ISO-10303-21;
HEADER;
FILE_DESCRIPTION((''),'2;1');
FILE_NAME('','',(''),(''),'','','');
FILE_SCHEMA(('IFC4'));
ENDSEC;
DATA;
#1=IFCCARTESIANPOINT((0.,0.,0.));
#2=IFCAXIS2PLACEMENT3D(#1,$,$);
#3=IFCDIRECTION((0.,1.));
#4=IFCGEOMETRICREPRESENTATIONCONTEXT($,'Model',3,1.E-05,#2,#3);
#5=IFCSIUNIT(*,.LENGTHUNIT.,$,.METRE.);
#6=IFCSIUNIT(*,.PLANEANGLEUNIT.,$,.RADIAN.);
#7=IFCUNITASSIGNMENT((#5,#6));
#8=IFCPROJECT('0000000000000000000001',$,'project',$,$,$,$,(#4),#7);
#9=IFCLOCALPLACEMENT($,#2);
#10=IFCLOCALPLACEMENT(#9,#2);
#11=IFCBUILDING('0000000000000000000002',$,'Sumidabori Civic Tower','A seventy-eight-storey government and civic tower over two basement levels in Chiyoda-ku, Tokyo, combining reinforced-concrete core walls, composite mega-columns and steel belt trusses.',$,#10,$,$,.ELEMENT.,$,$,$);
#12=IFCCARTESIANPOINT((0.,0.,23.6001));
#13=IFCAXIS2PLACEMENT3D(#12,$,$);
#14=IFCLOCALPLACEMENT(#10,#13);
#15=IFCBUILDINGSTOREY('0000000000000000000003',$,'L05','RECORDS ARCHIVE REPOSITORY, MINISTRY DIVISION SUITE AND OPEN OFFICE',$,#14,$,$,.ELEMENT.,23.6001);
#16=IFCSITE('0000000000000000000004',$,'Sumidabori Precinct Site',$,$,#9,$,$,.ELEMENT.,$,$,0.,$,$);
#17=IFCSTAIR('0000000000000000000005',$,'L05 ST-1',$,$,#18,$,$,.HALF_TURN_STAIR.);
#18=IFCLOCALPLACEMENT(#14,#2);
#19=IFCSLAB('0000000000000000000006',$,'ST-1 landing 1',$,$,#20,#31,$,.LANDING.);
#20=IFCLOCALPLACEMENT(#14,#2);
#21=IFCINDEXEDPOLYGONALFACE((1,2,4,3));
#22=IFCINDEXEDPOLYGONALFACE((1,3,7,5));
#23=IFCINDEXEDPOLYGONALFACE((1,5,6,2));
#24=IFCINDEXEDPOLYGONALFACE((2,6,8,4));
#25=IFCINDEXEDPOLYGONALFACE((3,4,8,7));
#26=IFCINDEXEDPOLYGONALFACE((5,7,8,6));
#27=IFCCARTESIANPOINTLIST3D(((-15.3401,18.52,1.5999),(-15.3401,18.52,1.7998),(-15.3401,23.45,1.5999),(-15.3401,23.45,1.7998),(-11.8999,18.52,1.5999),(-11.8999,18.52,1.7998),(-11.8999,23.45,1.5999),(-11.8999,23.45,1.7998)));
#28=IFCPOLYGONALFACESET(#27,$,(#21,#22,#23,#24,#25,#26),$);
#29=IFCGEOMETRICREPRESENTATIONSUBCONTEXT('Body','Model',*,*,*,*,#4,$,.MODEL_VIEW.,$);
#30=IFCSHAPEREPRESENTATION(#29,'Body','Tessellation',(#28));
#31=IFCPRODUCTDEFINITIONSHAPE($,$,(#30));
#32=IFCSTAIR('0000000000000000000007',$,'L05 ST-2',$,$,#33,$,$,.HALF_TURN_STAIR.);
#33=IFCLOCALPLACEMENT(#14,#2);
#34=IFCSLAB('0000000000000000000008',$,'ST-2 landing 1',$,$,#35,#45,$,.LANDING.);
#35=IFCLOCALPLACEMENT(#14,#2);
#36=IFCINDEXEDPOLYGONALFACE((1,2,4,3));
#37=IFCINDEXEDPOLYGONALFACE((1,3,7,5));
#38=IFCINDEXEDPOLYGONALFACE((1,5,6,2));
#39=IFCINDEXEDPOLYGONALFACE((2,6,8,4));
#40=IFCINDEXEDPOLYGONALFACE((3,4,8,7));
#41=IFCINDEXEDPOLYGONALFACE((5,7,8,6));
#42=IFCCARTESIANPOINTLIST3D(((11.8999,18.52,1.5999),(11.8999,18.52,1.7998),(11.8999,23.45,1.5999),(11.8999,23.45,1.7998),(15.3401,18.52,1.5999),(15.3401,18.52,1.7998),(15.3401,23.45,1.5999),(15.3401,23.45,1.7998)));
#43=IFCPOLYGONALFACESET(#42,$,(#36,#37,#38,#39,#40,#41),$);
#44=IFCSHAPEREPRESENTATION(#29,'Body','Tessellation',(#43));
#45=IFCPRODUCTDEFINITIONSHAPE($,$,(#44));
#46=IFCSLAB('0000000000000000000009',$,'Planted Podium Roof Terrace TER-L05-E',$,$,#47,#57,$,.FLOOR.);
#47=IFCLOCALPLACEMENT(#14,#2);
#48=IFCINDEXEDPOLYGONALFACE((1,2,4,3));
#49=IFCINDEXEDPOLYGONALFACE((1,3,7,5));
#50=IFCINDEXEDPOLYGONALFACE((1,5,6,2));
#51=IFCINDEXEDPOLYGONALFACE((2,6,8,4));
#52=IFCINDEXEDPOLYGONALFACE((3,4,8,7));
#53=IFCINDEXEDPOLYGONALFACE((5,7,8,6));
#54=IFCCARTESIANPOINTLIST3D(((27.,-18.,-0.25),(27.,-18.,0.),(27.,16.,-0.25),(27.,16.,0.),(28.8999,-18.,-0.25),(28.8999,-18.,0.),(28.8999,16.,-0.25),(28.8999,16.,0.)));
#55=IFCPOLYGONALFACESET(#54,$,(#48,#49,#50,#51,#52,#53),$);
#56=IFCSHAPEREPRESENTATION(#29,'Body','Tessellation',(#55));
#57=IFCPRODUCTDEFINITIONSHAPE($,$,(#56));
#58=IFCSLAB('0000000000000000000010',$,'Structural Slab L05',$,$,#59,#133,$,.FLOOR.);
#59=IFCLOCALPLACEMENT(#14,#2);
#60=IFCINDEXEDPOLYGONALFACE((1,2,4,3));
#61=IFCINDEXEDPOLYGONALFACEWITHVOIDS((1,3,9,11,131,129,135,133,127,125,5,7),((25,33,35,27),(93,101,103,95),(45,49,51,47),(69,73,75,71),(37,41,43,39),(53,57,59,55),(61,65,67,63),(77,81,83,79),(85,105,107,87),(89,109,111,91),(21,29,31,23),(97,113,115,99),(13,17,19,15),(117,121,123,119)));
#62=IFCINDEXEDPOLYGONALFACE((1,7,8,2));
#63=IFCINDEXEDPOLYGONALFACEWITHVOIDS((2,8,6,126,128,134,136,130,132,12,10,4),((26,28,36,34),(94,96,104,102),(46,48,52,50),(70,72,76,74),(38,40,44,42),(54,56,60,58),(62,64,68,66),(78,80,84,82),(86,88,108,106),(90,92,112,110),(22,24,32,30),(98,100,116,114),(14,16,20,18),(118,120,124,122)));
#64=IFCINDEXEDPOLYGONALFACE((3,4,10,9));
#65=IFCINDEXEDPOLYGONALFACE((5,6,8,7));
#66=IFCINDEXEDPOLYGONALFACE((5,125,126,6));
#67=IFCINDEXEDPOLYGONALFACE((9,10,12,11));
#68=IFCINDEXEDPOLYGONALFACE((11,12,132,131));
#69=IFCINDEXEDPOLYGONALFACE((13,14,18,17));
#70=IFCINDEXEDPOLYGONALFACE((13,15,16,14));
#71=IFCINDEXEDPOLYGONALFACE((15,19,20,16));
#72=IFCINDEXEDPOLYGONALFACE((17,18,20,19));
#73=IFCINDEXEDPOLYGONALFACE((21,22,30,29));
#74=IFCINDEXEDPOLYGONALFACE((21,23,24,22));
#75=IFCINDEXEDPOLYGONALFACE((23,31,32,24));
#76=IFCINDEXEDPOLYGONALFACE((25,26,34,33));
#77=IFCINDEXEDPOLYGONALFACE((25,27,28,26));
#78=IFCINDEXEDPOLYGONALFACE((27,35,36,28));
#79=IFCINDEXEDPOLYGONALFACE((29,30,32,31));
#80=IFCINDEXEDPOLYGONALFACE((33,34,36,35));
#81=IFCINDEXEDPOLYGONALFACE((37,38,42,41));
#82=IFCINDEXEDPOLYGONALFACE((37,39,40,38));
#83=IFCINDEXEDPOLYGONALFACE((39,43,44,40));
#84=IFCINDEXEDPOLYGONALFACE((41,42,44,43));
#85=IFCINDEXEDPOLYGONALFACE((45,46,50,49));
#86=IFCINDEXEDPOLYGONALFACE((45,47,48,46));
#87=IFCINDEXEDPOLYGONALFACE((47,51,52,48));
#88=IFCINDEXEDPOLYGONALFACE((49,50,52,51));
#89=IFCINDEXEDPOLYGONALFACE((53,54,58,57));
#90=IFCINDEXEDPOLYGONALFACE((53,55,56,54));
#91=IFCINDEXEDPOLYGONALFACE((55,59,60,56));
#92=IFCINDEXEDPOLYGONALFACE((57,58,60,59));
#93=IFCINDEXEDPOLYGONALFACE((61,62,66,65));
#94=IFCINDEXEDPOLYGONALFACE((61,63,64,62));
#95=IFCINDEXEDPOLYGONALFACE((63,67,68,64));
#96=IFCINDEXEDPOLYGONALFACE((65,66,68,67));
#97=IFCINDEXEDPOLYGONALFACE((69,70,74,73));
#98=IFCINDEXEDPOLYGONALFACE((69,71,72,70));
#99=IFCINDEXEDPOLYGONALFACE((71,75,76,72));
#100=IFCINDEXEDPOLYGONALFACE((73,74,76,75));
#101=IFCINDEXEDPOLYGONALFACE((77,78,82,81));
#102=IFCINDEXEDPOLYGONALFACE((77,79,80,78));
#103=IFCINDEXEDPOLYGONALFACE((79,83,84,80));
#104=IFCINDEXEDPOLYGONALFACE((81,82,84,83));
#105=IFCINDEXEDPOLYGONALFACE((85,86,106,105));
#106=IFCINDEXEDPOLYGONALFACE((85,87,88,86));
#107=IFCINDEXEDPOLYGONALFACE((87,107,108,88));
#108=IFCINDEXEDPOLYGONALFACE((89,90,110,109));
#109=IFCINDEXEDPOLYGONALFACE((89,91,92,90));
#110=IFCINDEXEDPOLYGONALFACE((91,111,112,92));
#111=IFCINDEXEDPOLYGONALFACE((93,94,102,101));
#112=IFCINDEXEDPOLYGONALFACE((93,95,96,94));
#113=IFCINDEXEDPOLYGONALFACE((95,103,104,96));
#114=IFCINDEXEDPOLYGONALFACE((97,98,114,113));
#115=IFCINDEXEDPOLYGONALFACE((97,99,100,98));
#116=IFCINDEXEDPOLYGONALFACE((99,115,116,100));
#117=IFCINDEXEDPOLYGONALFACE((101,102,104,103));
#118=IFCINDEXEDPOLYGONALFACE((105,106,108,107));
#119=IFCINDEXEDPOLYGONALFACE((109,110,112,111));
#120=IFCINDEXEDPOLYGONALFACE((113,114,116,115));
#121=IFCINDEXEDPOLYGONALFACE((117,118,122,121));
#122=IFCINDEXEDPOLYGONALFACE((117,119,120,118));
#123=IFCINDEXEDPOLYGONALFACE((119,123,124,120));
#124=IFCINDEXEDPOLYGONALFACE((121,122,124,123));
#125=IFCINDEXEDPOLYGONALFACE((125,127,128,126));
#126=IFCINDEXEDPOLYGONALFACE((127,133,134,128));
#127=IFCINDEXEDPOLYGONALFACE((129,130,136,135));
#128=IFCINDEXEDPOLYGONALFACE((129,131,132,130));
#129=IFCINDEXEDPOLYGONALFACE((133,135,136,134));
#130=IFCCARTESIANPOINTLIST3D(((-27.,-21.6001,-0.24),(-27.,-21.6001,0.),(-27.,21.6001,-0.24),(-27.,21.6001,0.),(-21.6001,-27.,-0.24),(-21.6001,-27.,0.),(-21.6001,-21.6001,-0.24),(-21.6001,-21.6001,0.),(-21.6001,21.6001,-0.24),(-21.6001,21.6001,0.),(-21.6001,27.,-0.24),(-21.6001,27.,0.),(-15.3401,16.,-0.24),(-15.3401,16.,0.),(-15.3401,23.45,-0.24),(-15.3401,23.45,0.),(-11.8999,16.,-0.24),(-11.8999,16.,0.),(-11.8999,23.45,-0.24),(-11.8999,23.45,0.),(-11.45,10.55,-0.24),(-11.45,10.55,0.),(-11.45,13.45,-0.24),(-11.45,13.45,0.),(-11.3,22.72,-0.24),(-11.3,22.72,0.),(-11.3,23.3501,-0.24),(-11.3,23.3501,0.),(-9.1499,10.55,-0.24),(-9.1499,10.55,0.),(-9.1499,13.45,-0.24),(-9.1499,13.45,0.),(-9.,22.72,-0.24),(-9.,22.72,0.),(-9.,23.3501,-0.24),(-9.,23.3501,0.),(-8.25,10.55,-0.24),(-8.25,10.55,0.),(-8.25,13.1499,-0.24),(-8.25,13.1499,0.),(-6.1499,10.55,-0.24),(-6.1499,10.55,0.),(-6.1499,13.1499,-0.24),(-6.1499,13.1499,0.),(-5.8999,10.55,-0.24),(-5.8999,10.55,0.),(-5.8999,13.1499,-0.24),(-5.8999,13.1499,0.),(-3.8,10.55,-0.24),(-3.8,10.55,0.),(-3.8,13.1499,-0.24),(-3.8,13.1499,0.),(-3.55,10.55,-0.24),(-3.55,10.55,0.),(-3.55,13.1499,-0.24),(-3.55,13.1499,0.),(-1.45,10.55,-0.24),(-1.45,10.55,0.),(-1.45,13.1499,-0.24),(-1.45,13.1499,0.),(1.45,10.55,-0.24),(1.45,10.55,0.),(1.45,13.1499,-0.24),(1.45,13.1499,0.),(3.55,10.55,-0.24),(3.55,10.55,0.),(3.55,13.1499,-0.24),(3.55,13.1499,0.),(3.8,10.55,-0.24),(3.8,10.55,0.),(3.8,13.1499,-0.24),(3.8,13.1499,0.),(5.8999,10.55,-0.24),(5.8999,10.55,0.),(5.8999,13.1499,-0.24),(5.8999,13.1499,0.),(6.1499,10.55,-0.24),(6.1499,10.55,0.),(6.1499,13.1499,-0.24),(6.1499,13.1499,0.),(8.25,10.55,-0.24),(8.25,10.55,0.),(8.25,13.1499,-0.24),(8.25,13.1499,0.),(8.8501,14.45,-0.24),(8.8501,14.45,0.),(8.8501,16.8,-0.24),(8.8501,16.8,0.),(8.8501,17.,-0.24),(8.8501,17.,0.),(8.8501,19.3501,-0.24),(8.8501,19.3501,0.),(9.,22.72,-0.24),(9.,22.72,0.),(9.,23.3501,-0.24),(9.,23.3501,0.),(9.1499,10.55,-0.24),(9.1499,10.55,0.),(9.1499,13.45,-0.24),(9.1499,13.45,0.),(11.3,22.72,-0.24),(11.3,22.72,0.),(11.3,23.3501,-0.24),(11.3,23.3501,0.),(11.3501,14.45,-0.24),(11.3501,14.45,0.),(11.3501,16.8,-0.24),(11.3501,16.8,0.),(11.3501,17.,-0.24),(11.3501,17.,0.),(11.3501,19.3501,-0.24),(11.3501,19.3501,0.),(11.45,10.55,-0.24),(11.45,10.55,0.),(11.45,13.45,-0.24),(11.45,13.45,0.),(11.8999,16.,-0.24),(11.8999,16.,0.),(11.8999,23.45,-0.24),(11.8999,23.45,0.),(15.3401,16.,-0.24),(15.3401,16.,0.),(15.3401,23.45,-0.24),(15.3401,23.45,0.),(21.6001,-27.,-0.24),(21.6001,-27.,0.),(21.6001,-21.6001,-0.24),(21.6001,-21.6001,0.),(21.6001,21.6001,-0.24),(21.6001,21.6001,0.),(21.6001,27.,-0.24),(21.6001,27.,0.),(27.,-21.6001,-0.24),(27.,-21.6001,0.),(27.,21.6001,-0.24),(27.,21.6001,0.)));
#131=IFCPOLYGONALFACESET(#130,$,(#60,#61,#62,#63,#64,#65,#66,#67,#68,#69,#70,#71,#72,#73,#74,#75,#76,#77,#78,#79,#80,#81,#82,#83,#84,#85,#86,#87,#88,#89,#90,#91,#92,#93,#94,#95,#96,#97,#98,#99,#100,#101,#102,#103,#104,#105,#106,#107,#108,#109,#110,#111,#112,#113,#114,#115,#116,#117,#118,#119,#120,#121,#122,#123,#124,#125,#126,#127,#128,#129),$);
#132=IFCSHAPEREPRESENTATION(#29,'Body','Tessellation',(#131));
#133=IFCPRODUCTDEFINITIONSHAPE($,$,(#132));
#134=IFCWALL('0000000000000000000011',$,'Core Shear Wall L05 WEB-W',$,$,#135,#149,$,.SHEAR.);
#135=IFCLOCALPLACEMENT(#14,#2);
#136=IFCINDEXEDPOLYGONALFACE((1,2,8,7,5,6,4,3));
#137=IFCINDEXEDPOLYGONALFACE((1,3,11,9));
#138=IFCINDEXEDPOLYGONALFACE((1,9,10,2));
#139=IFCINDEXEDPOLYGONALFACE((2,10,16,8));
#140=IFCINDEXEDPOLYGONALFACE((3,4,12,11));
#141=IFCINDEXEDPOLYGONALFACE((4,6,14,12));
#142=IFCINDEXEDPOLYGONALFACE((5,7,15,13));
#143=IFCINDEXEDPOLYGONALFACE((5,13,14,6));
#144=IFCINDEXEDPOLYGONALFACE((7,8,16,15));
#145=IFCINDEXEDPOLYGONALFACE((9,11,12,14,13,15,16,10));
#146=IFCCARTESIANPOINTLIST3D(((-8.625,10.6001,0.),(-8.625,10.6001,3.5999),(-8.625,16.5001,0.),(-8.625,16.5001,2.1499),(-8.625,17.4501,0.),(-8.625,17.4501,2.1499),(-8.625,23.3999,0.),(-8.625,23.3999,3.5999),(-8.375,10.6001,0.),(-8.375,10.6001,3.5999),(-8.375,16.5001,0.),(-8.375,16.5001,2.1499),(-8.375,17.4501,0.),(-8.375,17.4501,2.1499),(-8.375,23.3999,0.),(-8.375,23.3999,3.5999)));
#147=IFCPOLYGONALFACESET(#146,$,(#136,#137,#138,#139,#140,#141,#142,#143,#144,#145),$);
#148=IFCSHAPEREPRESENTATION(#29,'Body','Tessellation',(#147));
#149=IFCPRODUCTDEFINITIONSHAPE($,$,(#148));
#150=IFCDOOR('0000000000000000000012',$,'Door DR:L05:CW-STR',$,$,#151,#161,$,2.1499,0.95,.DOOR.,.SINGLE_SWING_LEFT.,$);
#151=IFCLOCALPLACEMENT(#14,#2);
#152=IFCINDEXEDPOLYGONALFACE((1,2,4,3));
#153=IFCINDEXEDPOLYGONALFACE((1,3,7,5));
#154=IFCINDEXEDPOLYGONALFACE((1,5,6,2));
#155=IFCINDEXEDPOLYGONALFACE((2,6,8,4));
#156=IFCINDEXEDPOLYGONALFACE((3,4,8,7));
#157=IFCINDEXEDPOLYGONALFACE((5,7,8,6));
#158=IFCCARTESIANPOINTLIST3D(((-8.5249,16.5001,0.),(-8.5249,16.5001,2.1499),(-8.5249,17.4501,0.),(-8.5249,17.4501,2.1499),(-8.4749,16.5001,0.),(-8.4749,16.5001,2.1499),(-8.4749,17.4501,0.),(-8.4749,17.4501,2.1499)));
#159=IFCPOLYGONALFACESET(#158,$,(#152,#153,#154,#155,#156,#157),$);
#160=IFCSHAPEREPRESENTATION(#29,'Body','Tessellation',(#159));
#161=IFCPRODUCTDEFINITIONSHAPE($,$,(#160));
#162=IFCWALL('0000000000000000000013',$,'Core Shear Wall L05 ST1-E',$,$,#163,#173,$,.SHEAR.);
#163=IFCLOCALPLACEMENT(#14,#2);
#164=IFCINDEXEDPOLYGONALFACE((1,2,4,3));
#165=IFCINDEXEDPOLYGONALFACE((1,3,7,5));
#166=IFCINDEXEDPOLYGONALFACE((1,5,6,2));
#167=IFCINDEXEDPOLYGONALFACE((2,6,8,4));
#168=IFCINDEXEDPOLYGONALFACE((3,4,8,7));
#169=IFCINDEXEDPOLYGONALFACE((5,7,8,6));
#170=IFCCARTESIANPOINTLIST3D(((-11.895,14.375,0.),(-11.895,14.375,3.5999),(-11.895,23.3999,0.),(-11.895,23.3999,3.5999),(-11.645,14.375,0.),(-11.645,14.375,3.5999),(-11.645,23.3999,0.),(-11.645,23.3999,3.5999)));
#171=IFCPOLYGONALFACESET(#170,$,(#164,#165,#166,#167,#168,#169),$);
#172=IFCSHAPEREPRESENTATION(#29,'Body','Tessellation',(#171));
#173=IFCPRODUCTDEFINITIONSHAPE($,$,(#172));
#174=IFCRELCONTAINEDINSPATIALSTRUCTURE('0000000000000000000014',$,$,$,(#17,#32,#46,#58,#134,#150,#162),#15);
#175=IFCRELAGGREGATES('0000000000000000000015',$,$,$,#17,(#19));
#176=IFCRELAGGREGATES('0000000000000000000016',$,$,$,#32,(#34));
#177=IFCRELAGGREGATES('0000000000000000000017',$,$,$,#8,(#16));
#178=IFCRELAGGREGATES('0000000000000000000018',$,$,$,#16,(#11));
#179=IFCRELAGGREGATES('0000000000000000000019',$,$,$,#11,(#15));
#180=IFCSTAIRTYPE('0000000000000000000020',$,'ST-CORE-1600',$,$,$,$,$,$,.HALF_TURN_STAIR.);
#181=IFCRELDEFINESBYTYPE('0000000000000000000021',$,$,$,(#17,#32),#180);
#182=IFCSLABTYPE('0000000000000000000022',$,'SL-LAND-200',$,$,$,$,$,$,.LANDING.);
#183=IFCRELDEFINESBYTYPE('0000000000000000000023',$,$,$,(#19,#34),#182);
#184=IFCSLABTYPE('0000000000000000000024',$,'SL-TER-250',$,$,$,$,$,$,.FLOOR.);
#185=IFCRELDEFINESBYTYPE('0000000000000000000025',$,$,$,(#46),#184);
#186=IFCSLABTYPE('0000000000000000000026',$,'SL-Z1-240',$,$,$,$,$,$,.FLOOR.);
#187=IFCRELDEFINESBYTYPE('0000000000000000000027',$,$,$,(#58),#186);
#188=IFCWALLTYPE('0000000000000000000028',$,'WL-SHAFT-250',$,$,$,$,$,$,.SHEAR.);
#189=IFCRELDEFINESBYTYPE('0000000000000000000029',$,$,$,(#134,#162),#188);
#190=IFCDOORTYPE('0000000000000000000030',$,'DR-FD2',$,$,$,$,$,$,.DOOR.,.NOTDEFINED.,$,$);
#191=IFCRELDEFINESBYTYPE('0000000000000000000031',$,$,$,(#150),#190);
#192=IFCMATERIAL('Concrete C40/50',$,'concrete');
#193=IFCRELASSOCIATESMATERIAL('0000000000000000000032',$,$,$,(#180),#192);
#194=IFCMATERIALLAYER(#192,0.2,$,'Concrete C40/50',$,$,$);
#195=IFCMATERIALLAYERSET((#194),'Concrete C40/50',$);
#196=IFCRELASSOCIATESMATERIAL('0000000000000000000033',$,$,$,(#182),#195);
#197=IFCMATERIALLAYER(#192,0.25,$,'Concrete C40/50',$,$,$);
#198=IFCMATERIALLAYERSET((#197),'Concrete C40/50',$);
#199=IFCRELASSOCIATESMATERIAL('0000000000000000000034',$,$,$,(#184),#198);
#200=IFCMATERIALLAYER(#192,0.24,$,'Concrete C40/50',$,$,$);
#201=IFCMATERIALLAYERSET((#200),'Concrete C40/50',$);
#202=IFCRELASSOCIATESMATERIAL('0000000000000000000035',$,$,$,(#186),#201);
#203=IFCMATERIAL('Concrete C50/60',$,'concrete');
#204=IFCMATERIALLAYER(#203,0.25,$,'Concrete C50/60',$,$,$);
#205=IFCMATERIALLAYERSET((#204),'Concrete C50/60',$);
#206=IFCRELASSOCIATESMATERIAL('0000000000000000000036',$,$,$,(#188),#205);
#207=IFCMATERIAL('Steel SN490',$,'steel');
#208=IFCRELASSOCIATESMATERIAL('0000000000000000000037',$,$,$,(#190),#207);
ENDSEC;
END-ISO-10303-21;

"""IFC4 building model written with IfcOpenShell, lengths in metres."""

from ifc_helpers import new_model, si_unit, direction, frame, frame_2d, origin, place, context, subcontext, project, spatial, polyline, rectangle, outline, extrude, source, transform, mapped, material, layer, layer_set, type_object, element, fill, aggregate, save


model = new_model("IFC4")

# Units and contexts
model_context = context("Model", 3, precision=1e-05, world=origin(), true_north=direction((0.0, 1.0)))
body_context = subcontext(model_context, "Body", "Model", "MODEL_VIEW")
ifc_project = project(units=[si_unit("LENGTHUNIT", "METRE"), si_unit("PLANEANGLEUNIT", "RADIAN")], contexts=[model_context])

# Site, building, storey
site_placement = place(None, origin())
site = spatial("IfcSite", under=ifc_project, at=site_placement, Name="Sumidabori Precinct Site", CompositionType="ELEMENT", RefElevation=0.0)
building_placement = place(site_placement, origin())
building = spatial("IfcBuilding", under=site, at=building_placement, Name="Sumidabori Civic Tower", Description="A seventy-eight-storey government and civic tower over two basement levels in Chiyoda-ku, Tokyo, combining reinforced-concrete core walls, composite mega-columns and steel belt trusses.", CompositionType="ELEMENT")
storey_placement = place(building_placement, frame((0.0, 0.0, 23.6001)))
storey = spatial("IfcBuildingStorey", under=building, at=storey_placement, Name="L05", Description="RECORDS ARCHIVE REPOSITORY, MINISTRY DIVISION SUITE AND OPEN OFFICE", CompositionType="ELEMENT", Elevation=23.6001)

# Stairs, slabs
ifc_material_1 = material(Name="Concrete C40/50", Category="concrete")
stair_type = type_object("IfcStairType", Name="ST-CORE-1600", PredefinedType="HALF_TURN_STAIR", material=ifc_material_1)
stair_1_placement = place(storey_placement, origin())
stair_1 = element("IfcStair", 1, at=stair_1_placement, inside=storey, type_object=stair_type, Name="L05 ST-1", PredefinedType="HALF_TURN_STAIR")
ifc_layer_1 = layer(ifc_material_1, 0.2, Name="Concrete C40/50")
ifc_layer_set_1 = layer_set([ifc_layer_1], Name="Concrete C40/50")
slab_type_1 = type_object("IfcSlabType", Name="SL-LAND-200", PredefinedType="LANDING", material=ifc_layer_set_1)
slab_1_placement = place(storey_placement, frame((0.0, 0.0, 1.5999)))
slab_1 = element("IfcSlab", 2, at=slab_1_placement, type_object=slab_type_1, Name="ST-1 landing 1", PredefinedType="LANDING", context=body_context, shape_type="SweptSolid", body=[
    extrude(outline(polyline([(-11.8999, 18.52), (-11.8999, 23.45), (-15.3401, 23.45), (-15.3401, 18.52), (-11.8999, 18.52)])), origin(), (0.0, 0.0, 1.0), 0.2),
])
aggregate(stair_1, [slab_1])
stair_2_placement = place(storey_placement, origin())
stair_2 = element("IfcStair", 3, at=stair_2_placement, inside=storey, type_object=stair_type, Name="L05 ST-2", PredefinedType="HALF_TURN_STAIR")
slab_2_placement = place(storey_placement, frame((0.0, 0.0, 1.5999)))
slab_2 = element("IfcSlab", 4, at=slab_2_placement, type_object=slab_type_1, Name="ST-2 landing 1", PredefinedType="LANDING", context=body_context, shape_type="SweptSolid", body=[
    extrude(outline(polyline([(15.3401, 18.52), (15.3401, 23.45), (11.8999, 23.45), (11.8999, 18.52), (15.3401, 18.52)])), origin(), (0.0, 0.0, 1.0), 0.2),
])
aggregate(stair_2, [slab_2])

# Slabs
ifc_layer_2 = layer(ifc_material_1, 0.25, Name="Concrete C40/50")
ifc_layer_set_2 = layer_set([ifc_layer_2], Name="Concrete C40/50")
slab_type_2 = type_object("IfcSlabType", Name="SL-TER-250", PredefinedType="FLOOR", material=ifc_layer_set_2)
slab_3_placement = place(storey_placement, frame((0.0, 0.0, -0.25)))
element("IfcSlab", 5, at=slab_3_placement, inside=storey, type_object=slab_type_2, Name="Planted Podium Roof Terrace TER-L05-E", PredefinedType="FLOOR", context=body_context, shape_type="SweptSolid", body=[
    extrude(outline(polyline([(27.0, -18.0), (28.8999, -18.0), (28.8999, 16.0), (27.0, 16.0), (27.0, -18.0)])), origin(), (0.0, 0.0, 1.0), 0.25),
])
ifc_layer_3 = layer(ifc_material_1, 0.24, Name="Concrete C40/50")
ifc_layer_set_3 = layer_set([ifc_layer_3], Name="Concrete C40/50")
slab_type_3 = type_object("IfcSlabType", Name="SL-Z1-240", PredefinedType="FLOOR", material=ifc_layer_set_3)
slab_4_placement = place(storey_placement, frame((0.0, 0.0, -0.24)))
element("IfcSlab", 6, at=slab_4_placement, inside=storey, type_object=slab_type_3, Name="Structural Slab L05", PredefinedType="FLOOR", context=body_context, shape_type="SweptSolid", body=[
    extrude(outline(polyline([(-21.6001, -27.0), (21.6001, -27.0), (21.6001, -21.6001), (27.0, -21.6001), (27.0, 21.6001), (21.6001, 21.6001), (21.6001, 27.0), (-21.6001, 27.0), (-21.6001, 21.6001), (-27.0, 21.6001), (-27.0, -21.6001), (-21.6001, -21.6001), (-21.6001, -27.0)]), holes=[polyline([(-11.8999, 16.0), (-11.8999, 23.45), (-15.3401, 23.45), (-15.3401, 16.0), (-11.8999, 16.0)]), polyline([(15.3401, 16.0), (15.3401, 23.45), (11.8999, 23.45), (11.8999, 16.0), (15.3401, 16.0)]), polyline([(-11.45, 10.55), (-9.1499, 10.55), (-9.1499, 13.45), (-11.45, 13.45), (-11.45, 10.55)]), polyline([(9.1499, 10.55), (11.45, 10.55), (11.45, 13.45), (9.1499, 13.45), (9.1499, 10.55)]), polyline([(-8.25, 10.55), (-6.1499, 10.55), (-6.1499, 13.1499), (-8.25, 13.1499), (-8.25, 10.55)]), polyline([(-5.8999, 10.55), (-3.8, 10.55), (-3.8, 13.1499), (-5.8999, 13.1499), (-5.8999, 10.55)]), polyline([(-3.55, 10.55), (-1.45, 10.55), (-1.45, 13.1499), (-3.55, 13.1499), (-3.55, 10.55)]), polyline([(1.45, 10.55), (3.55, 10.55), (3.55, 13.1499), (1.45, 13.1499), (1.45, 10.55)]), polyline([(3.8, 10.55), (5.8999, 10.55), (5.8999, 13.1499), (3.8, 13.1499), (3.8, 10.55)]), polyline([(6.1499, 10.55), (8.25, 10.55), (8.25, 13.1499), (6.1499, 13.1499), (6.1499, 10.55)]), polyline([(8.8501, 14.45), (11.3501, 14.45), (11.3501, 16.8), (8.8501, 16.8), (8.8501, 14.45)]), polyline([(8.8501, 17.0), (11.3501, 17.0), (11.3501, 19.3501), (8.8501, 19.3501), (8.8501, 17.0)]), polyline([(-11.3, 22.72), (-9.0, 22.72), (-9.0, 23.3501), (-11.3, 23.3501), (-11.3, 22.72)]), polyline([(9.0, 22.72), (11.3, 22.72), (11.3, 23.3501), (9.0, 23.3501), (9.0, 22.72)])]), origin(), (0.0, 0.0, 1.0), 0.24),
])

# Wall, opening, door
ifc_material_2 = material(Name="Concrete C50/60", Category="concrete")
ifc_layer_4 = layer(ifc_material_2, 0.25, Name="Concrete C50/60")
ifc_layer_set_4 = layer_set([ifc_layer_4], Name="Concrete C50/60")
wall_type_1 = type_object("IfcWallType", Name="WL-SHAFT-250", PredefinedType="SHEAR", material=ifc_layer_set_4)
shared_shape_1 = source(origin(), body_context, "Body", "SweptSolid", [
    extrude(rectangle(XDim=12.7998, YDim=0.25, at=frame_2d((6.3999, 0.0))), origin(), (0.0, 0.0, 1.0), 3.5999),
])
wall_1_placement = place(storey_placement, frame((-8.5, 10.6001, 0.0), z_axis=(0.0, 0.0, 1.0), x_axis=(0.0, 1.0, 0.0)))
wall_1 = element("IfcWall", 7, at=wall_1_placement, inside=storey, type_object=wall_type_1, Name="Core Shear Wall L05 WEB-W", PredefinedType="SHEAR", context=body_context, shape_type="MappedRepresentation", body=[
    mapped(shared_shape_1, transform((0.0, 0.0, 0.0), x_axis=(1.0, 0.0, 0.0), y_axis=(0.0, 1.0, 0.0), z_axis=(0.0, 0.0, 1.0), scale=1.0)),
])
opening_1_placement = place(wall_1_placement, frame((5.8999, 0.0, 0.0)))
opening_1 = element("IfcOpeningElement", 8, at=opening_1_placement, cuts=wall_1, PredefinedType="OPENING", context=body_context, shape_type="SweptSolid", body=[
    extrude(rectangle(XDim=0.95, YDim=2.1499, at=frame_2d((0.4751, 1.075))), frame((0.0, 0.137, 0.0), z_axis=(0.0, -1.0, 0.0), x_axis=(1.0, 0.0, 0.0)), (0.0, 0.0, 1.0), 0.2739),
])
ifc_material_3 = material(Name="Steel SN490", Category="steel")
door_type_1 = type_object("IfcDoorType", Name="DR-FD2", OperationType="NOTDEFINED", PredefinedType="DOOR", material=ifc_material_3)
shared_shape_2 = source(origin(), body_context, "Body", "SweptSolid", [
    extrude(rectangle(XDim=0.95, YDim=2.1499, at=frame_2d((0.4751, 1.075))), frame((0.0, 0.0249, 0.0), z_axis=(0.0, -1.0, 0.0), x_axis=(1.0, 0.0, 0.0)), (0.0, 0.0, 1.0), 0.05),
])
door_1_placement = place(opening_1_placement, origin())
door_1 = element("IfcDoor", 9, at=door_1_placement, inside=storey, type_object=door_type_1, Name="Door DR:L05:CW-STR", OperationType="SINGLE_SWING_LEFT", OverallHeight=2.1499, OverallWidth=0.95, PredefinedType="DOOR", context=body_context, shape_type="MappedRepresentation", body=[
    mapped(shared_shape_2, transform((0.0, 0.0, 0.0), x_axis=(1.0, 0.0, 0.0), y_axis=(0.0, 1.0, 0.0), z_axis=(0.0, 0.0, 1.0), scale=1.0)),
])
fill(opening_1, door_1)

# Wall
shared_shape_3 = source(origin(), body_context, "Body", "SweptSolid", [
    extrude(rectangle(XDim=9.0249, YDim=0.25, at=frame_2d((4.5125, 0.0))), origin(), (0.0, 0.0, 1.0), 3.5999),
])
wall_2_placement = place(storey_placement, frame((-11.77, 14.375, 0.0), z_axis=(0.0, 0.0, 1.0), x_axis=(0.0, 1.0, 0.0)))
element("IfcWall", 10, at=wall_2_placement, inside=storey, type_object=wall_type_1, Name="Core Shear Wall L05 ST1-E", PredefinedType="SHEAR", context=body_context, shape_type="MappedRepresentation", body=[
    mapped(shared_shape_3, transform((0.0, 0.0, 0.0), x_axis=(1.0, 0.0, 0.0), y_axis=(0.0, 1.0, 0.0), z_axis=(0.0, 0.0, 1.0), scale=1.0)),
])

save(model, "model.ifc")
